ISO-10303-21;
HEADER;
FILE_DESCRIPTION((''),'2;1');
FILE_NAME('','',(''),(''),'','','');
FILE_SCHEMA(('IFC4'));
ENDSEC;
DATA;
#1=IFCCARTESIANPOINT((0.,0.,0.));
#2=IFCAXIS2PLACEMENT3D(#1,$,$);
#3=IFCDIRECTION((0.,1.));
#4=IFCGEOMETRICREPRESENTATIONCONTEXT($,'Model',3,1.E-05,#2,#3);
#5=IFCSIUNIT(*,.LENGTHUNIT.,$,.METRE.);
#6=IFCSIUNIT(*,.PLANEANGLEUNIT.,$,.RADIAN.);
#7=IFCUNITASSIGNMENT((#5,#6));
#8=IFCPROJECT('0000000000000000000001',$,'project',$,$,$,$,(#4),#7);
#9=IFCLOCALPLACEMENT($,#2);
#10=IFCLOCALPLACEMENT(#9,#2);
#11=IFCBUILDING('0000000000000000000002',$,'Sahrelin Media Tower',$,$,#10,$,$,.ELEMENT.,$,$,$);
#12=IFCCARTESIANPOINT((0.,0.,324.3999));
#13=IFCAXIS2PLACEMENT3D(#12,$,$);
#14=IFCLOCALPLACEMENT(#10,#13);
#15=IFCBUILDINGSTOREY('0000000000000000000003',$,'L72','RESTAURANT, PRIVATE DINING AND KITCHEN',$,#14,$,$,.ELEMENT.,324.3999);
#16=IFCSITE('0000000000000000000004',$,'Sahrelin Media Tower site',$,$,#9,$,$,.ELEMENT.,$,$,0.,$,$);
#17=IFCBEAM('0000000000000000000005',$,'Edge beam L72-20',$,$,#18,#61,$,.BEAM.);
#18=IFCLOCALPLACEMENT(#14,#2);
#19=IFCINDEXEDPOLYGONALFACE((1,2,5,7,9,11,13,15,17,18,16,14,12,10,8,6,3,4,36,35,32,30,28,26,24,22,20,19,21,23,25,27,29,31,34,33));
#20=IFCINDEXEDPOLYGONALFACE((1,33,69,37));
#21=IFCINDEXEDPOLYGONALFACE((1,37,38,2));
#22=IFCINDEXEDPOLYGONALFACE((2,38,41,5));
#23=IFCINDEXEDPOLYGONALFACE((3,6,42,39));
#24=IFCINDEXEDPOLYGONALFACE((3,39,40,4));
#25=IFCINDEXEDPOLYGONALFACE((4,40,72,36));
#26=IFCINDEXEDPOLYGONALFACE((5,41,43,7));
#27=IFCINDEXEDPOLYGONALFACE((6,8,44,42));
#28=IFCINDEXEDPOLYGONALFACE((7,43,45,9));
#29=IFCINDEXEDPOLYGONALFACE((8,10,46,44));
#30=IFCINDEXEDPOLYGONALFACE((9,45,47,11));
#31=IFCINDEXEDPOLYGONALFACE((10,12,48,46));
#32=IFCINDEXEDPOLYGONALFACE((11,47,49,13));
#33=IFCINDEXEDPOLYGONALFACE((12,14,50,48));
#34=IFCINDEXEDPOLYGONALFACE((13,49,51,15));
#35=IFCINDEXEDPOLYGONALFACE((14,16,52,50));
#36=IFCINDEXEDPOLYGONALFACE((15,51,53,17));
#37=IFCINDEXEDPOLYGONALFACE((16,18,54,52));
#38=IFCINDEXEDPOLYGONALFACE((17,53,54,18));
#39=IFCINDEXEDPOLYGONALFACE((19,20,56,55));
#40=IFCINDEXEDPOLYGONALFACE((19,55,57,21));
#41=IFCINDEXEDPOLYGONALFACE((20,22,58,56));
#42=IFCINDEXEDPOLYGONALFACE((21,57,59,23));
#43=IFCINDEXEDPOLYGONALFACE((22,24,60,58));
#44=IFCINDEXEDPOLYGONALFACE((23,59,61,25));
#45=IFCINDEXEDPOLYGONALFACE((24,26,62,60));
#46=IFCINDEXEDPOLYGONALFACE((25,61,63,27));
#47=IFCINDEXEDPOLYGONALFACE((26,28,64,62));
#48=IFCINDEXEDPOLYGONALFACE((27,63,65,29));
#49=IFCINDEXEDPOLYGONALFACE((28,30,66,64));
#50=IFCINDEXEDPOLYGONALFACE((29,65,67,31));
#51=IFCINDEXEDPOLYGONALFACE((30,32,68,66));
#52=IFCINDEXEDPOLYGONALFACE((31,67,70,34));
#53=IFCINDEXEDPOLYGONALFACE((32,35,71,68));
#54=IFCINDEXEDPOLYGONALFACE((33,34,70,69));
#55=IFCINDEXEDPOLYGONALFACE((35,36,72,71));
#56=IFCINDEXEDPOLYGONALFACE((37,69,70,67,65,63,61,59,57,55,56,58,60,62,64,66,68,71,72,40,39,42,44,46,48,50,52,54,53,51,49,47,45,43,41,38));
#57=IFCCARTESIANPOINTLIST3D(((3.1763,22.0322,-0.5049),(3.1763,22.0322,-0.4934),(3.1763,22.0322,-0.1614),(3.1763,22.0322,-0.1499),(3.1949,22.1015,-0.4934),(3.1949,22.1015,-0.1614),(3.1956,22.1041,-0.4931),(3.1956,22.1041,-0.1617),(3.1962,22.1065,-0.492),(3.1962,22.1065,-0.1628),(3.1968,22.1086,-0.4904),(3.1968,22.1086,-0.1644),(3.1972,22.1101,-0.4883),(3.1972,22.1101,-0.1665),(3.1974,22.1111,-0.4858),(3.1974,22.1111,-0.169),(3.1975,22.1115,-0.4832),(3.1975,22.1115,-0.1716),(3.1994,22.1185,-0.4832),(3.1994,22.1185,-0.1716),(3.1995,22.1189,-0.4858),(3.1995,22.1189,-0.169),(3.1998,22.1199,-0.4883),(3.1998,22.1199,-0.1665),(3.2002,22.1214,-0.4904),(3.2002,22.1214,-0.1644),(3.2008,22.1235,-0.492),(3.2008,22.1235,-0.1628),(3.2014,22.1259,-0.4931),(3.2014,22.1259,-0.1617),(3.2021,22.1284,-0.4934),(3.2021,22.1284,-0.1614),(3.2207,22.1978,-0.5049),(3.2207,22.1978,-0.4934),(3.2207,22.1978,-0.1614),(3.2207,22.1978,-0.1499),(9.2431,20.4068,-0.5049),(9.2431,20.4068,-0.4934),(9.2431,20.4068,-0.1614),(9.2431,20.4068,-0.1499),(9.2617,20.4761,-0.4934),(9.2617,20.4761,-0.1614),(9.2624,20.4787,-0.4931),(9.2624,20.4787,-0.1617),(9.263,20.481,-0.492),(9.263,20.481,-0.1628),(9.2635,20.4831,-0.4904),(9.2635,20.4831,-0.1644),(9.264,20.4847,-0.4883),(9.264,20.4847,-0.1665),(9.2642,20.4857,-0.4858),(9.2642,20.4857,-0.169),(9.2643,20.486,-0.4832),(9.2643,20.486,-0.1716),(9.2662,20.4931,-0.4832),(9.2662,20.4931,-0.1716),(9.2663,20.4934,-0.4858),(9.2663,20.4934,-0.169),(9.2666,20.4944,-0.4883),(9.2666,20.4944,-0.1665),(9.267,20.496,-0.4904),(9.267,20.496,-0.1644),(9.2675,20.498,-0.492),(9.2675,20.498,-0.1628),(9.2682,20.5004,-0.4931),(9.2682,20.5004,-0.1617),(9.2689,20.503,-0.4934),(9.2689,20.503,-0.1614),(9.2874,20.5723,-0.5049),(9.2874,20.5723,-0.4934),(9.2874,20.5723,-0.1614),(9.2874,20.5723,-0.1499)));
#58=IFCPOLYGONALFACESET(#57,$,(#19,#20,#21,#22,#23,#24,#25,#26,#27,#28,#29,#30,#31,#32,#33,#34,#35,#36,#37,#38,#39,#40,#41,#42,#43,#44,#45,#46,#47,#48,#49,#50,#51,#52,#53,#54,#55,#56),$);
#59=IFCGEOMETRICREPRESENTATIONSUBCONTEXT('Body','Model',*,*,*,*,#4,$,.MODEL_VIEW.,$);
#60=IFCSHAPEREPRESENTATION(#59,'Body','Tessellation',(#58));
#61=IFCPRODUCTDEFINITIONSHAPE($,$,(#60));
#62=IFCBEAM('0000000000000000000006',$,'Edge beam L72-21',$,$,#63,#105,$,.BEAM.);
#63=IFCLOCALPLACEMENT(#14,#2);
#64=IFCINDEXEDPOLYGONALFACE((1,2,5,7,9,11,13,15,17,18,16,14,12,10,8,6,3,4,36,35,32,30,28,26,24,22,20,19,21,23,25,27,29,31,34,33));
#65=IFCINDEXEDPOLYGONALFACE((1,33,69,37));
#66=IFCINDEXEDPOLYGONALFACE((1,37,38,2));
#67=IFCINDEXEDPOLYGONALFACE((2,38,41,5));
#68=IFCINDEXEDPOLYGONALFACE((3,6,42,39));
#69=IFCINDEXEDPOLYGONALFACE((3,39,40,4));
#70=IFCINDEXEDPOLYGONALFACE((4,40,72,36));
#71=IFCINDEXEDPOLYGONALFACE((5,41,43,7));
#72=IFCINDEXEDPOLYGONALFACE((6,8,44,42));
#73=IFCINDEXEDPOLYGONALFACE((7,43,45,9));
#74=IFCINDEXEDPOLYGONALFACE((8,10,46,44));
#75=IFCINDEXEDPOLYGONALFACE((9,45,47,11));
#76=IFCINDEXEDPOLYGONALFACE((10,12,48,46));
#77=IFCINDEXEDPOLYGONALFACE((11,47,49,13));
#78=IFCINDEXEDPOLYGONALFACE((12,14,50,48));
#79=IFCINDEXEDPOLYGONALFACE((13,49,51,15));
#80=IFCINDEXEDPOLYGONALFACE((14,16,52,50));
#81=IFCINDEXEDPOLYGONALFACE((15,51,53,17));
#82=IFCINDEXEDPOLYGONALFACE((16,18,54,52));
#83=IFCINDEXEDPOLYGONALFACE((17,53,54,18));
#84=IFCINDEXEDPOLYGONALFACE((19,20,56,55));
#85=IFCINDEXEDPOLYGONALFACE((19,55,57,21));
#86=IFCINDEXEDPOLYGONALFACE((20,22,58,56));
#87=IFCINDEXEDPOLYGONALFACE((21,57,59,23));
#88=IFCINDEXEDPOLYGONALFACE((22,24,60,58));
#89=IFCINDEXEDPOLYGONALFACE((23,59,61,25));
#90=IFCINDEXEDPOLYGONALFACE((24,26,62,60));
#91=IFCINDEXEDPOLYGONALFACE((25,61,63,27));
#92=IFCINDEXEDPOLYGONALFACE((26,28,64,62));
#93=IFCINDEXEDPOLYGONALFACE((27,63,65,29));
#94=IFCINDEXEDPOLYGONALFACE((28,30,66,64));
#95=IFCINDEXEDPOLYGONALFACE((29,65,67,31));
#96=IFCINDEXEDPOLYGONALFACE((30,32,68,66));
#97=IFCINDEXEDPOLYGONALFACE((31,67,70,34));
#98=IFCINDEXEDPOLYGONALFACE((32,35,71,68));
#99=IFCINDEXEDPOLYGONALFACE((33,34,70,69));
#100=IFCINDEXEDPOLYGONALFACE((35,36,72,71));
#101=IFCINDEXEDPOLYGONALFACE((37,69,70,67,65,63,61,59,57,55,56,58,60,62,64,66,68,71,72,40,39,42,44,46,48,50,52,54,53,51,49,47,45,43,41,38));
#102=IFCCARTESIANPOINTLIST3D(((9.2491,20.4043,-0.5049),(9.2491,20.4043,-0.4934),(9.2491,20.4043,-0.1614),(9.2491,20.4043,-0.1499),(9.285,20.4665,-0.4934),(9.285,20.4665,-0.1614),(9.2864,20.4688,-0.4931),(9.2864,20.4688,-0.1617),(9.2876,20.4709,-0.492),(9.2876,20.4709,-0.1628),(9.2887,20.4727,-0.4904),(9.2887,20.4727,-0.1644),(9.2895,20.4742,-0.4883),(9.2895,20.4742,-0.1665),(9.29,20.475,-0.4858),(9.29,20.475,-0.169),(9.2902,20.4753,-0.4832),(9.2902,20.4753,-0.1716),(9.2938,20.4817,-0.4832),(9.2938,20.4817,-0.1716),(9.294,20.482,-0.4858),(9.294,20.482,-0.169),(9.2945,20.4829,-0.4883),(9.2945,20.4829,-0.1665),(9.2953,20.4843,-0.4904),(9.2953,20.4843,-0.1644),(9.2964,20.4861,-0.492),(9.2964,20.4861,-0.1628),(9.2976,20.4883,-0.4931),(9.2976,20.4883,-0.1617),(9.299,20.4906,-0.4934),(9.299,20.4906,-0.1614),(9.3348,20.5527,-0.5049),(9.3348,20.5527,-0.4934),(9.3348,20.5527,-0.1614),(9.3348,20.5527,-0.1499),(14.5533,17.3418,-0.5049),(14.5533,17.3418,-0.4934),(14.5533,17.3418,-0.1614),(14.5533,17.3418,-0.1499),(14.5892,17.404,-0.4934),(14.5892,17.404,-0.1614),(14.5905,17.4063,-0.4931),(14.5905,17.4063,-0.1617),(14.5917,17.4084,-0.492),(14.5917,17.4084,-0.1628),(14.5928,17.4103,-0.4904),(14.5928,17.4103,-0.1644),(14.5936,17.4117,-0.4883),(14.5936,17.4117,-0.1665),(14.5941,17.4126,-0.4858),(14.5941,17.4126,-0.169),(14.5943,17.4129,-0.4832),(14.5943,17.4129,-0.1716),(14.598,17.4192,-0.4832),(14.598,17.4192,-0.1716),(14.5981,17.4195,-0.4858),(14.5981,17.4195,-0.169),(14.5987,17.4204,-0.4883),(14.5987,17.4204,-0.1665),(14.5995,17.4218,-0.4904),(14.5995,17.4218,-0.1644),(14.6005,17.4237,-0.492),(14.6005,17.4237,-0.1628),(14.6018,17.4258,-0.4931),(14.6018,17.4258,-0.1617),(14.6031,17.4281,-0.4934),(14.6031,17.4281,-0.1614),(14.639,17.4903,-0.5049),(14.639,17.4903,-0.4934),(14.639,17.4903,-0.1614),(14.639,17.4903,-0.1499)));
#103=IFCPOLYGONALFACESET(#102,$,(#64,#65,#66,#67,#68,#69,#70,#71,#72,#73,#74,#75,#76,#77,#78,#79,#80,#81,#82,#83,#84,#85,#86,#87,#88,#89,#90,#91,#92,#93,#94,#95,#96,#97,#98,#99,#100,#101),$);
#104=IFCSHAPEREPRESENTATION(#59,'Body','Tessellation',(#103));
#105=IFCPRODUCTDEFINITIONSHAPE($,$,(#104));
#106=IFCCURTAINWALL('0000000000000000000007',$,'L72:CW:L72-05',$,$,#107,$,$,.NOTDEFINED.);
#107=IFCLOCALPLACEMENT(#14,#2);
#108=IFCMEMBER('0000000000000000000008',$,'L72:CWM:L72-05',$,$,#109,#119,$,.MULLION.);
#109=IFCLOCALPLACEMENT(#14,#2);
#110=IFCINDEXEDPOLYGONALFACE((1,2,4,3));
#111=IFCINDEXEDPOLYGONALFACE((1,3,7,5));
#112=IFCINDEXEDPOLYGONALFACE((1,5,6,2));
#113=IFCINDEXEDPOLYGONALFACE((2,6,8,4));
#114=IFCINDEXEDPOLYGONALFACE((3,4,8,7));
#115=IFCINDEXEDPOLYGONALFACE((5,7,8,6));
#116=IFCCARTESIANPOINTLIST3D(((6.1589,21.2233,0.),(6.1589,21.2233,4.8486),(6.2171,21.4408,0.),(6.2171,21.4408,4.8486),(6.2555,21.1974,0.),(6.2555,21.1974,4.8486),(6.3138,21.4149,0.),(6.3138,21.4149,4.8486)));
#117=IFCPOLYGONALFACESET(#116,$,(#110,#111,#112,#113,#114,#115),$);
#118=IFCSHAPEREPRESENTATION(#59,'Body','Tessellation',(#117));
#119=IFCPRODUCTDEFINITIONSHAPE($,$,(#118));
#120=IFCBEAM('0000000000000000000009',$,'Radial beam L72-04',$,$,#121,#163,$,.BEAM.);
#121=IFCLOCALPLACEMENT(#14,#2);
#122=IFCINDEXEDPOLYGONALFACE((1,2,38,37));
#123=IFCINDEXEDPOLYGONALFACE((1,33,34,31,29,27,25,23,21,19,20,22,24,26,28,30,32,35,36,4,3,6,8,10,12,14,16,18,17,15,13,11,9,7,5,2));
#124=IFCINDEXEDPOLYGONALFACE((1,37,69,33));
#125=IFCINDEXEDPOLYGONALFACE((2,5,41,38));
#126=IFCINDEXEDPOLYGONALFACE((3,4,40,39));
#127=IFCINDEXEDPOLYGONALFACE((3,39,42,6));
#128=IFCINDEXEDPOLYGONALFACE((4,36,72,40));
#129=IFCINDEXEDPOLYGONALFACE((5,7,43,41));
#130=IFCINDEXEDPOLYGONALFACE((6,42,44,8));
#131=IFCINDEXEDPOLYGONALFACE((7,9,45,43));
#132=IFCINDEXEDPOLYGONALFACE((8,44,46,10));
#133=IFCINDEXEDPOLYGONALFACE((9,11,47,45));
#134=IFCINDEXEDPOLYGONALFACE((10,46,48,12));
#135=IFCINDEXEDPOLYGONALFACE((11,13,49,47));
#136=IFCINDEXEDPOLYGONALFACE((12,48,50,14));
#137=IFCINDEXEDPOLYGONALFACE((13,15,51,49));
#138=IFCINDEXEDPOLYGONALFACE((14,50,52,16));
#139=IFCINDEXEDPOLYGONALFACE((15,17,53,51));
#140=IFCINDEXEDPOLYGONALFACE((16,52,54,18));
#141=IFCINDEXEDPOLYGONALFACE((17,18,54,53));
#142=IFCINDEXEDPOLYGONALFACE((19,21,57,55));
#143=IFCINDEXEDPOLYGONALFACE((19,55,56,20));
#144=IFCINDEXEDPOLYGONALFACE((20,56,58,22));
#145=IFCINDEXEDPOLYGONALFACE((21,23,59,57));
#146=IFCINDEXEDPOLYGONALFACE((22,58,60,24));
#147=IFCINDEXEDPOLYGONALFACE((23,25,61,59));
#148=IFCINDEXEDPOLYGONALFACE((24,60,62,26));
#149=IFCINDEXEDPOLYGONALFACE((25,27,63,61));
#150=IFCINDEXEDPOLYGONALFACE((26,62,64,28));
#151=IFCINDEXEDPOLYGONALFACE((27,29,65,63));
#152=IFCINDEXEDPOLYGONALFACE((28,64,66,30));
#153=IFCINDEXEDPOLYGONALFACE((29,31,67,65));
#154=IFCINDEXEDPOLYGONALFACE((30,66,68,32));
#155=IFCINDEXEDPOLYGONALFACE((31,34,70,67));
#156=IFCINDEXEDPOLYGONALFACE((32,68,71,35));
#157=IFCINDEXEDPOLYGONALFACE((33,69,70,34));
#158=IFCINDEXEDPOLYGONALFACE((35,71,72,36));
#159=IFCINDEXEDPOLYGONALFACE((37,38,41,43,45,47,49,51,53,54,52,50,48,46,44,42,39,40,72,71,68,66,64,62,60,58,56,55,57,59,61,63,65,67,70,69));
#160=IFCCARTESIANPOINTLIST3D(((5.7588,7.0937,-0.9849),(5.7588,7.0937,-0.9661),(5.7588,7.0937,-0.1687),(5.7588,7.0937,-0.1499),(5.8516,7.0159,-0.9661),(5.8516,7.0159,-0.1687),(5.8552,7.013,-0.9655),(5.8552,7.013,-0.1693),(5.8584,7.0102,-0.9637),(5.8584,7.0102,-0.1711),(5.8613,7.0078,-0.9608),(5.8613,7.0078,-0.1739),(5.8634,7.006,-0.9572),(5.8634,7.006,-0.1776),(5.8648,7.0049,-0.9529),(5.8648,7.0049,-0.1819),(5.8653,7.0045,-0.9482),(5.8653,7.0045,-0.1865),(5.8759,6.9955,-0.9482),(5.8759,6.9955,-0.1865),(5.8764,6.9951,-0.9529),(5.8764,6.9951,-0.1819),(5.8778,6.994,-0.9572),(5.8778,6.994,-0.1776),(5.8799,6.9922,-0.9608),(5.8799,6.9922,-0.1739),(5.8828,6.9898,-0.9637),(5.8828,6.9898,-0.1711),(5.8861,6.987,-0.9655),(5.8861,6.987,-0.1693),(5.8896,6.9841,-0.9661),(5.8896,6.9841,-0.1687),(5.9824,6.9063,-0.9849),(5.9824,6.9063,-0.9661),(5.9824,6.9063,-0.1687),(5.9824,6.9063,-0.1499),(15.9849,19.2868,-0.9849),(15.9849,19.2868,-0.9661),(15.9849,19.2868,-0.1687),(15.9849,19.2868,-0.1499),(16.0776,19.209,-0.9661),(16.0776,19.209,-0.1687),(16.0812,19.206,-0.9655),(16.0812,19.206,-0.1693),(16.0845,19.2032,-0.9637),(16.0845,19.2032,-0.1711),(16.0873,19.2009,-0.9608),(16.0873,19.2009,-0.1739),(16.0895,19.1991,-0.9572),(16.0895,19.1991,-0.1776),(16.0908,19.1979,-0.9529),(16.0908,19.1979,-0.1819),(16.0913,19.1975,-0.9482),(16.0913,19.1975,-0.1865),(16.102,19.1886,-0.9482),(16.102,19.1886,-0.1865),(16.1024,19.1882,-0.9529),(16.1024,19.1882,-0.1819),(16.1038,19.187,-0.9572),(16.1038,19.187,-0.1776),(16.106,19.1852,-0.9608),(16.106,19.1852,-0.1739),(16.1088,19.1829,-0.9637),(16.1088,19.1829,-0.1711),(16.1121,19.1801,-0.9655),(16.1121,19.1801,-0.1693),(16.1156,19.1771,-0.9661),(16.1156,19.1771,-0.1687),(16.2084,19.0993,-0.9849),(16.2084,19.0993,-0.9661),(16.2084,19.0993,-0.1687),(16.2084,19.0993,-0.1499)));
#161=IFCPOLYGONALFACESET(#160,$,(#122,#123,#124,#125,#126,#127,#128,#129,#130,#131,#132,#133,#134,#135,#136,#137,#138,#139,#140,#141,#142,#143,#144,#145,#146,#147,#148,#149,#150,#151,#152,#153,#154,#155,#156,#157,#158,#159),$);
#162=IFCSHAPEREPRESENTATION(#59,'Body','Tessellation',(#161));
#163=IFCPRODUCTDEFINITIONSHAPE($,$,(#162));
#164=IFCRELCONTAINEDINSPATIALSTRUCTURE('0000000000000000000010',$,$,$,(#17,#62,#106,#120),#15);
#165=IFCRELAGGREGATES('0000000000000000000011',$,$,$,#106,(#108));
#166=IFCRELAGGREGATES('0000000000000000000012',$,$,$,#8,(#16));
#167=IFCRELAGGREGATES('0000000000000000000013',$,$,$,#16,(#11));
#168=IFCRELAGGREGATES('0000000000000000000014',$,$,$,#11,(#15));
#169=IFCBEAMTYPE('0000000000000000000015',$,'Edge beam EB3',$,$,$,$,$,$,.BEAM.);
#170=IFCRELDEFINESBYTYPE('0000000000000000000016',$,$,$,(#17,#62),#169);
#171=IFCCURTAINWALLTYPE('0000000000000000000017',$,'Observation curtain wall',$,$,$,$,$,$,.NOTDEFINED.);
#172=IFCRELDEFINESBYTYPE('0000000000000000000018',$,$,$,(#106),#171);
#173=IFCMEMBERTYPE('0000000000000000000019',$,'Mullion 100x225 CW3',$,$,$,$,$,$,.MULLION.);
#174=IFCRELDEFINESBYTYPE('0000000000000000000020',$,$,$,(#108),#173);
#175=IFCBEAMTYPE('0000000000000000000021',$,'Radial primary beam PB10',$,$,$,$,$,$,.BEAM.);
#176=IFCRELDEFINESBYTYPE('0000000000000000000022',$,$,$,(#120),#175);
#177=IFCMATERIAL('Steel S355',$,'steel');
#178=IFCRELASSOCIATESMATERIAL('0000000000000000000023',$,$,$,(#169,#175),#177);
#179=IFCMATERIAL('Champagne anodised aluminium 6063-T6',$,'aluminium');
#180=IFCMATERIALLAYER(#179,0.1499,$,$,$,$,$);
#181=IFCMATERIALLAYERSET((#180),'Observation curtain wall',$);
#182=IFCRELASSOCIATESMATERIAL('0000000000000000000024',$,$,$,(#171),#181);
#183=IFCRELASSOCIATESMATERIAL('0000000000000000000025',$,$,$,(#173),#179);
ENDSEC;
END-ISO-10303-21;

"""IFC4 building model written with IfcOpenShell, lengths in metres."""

from ifc_helpers import new_model, si_unit, direction, frame, origin, origin_2d, place, context, subcontext, project, spatial, rectangle, i_section, extrude, material, layer, layer_set, material_profile, profile_set, type_object, element, aggregate, save


model = new_model("IFC4")

# Units and contexts
model_context = context("Model", 3, precision=1e-05, world=origin(), true_north=direction((0.0, 1.0)))
body_context = subcontext(model_context, "Body", "Model", "MODEL_VIEW")
ifc_project = project(units=[si_unit("LENGTHUNIT", "METRE"), si_unit("PLANEANGLEUNIT", "RADIAN")], contexts=[model_context])

# Site, building, storey
site_placement = place(None, origin())
site = spatial("IfcSite", under=ifc_project, at=site_placement, Name="Sahrelin Media Tower site", CompositionType="ELEMENT", RefElevation=0.0)
building_placement = place(site_placement, origin())
building = spatial("IfcBuilding", under=site, at=building_placement, Name="Sahrelin Media Tower", CompositionType="ELEMENT")
storey_placement = place(building_placement, frame((0.0, 0.0, 324.3999)))
storey = spatial("IfcBuildingStorey", under=building, at=storey_placement, Name="L72", Description="RESTAURANT, PRIVATE DINING AND KITCHEN", CompositionType="ELEMENT", Elevation=324.3999)

# Beams
ifc_material_1 = material(Name="Steel S355", Category="steel")
ifc_material_profile_1 = material_profile(ifc_material_1, i_section(OverallWidth=0.1714, OverallDepth=0.355, WebThickness=0.0073, FlangeThickness=0.0115, FilletRadius=0.0103, at=origin_2d()), Name="UB 356x171x51")
ifc_profile_set_1 = profile_set([ifc_material_profile_1], Name="Steel S355")
beam_type_1 = type_object("IfcBeamType", Name="Edge beam EB3", PredefinedType="BEAM", material=ifc_profile_set_1)
beam_1_placement = place(storey_placement, frame((3.1985, 22.115, -0.3274), z_axis=(0.965931, -0.2588, 0.0), x_axis=(0.2588, 0.965931, 0.0)))
element("IfcBeam", 1, at=beam_1_placement, inside=storey, type_object=beam_type_1, Name="Edge beam L72-20", PredefinedType="BEAM", context=body_context, shape_type="SweptSolid", body=[
    extrude(i_section(OverallWidth=0.1714, OverallDepth=0.355, WebThickness=0.0073, FlangeThickness=0.0115, FilletRadius=0.0103, at=origin_2d()), origin(), (0.0, 0.0, 1.0), 6.2808),
])
beam_2_placement = place(storey_placement, frame((9.292, 20.4785, -0.3274), z_axis=(0.866017, -0.500015, 0.0), x_axis=(0.500015, 0.866017, 0.0)))
element("IfcBeam", 2, at=beam_2_placement, inside=storey, type_object=beam_type_1, Name="Edge beam L72-21", PredefinedType="BEAM", context=body_context, shape_type="SweptSolid", body=[
    extrude(i_section(OverallWidth=0.1714, OverallDepth=0.355, WebThickness=0.0073, FlangeThickness=0.0115, FilletRadius=0.0103, at=origin_2d()), origin(), (0.0, 0.0, 1.0), 6.1248),
])

# Curtain wall, member
ifc_material_2 = material(Name="Champagne anodised aluminium 6063-T6", Category="aluminium")
ifc_layer_1 = layer(ifc_material_2, 0.1499)
ifc_layer_set_1 = layer_set([ifc_layer_1], Name="Observation curtain wall")
curtain_wall_type = type_object("IfcCurtainWallType", Name="Observation curtain wall", PredefinedType="NOTDEFINED", material=ifc_layer_set_1)
curtain_wall_1_placement = place(storey_placement, frame((6.2708, 21.447, 0.0), z_axis=(0.0, 0.0, 1.0), x_axis=(1.0, 0.0, 0.0)))
curtain_wall_1 = element("IfcCurtainWall", 3, at=curtain_wall_1_placement, inside=storey, type_object=curtain_wall_type, Name="L72:CW:L72-05", PredefinedType="NOTDEFINED")
ifc_material_profile_2 = material_profile(ifc_material_2, rectangle(XDim=0.1001, YDim=0.2251, at=origin_2d()), Name="Mullion 100x225")
ifc_profile_set_2 = profile_set([ifc_material_profile_2], Name="Champagne anodised aluminium 6063-T6")
member_type_1 = type_object("IfcMemberType", Name="Mullion 100x225 CW3", PredefinedType="MULLION", material=ifc_profile_set_2)
member_1_placement = place(storey_placement, frame((6.2363, 21.3191, 0.0), z_axis=(0.0, 0.0, 1.0), x_axis=(-0.965925, 0.258821, 0.0)))
member_1 = element("IfcMember", 4, at=member_1_placement, type_object=member_type_1, Name="L72:CWM:L72-05", PredefinedType="MULLION", context=body_context, shape_type="SweptSolid", body=[
    extrude(rectangle(XDim=0.1001, YDim=0.2251, at=origin_2d()), origin(), (0.0, 0.0, 1.0), 4.8486),
])

# Beam
ifc_material_profile_3 = material_profile(ifc_material_1, i_section(OverallWidth=0.2917, OverallDepth=0.835, WebThickness=0.0139, FlangeThickness=0.0188, FilletRadius=0.0178, at=origin_2d()), Name="UB 838x292x176")
ifc_profile_set_3 = profile_set([ifc_material_profile_3], Name="Steel S355")
beam_type_2 = type_object("IfcBeamType", Name="Radial primary beam PB10", PredefinedType="BEAM", material=ifc_profile_set_3)
beam_3_placement = place(storey_placement, frame((5.8706, 7.0, -0.5674), z_axis=(0.642597, 0.766204, 0.0), x_axis=(-0.766204, 0.642597, 0.0)))
element("IfcBeam", 5, at=beam_3_placement, inside=storey, type_object=beam_type_2, Name="Radial beam L72-04", PredefinedType="BEAM", context=body_context, shape_type="SweptSolid", body=[
    extrude(i_section(OverallWidth=0.2917, OverallDepth=0.835, WebThickness=0.0139, FlangeThickness=0.0188, FilletRadius=0.0178, at=origin_2d()), origin(), (0.0, 0.0, 1.0), 15.9136),
])

aggregate(curtain_wall_1, [member_1])

save(model, "model.ifc")
